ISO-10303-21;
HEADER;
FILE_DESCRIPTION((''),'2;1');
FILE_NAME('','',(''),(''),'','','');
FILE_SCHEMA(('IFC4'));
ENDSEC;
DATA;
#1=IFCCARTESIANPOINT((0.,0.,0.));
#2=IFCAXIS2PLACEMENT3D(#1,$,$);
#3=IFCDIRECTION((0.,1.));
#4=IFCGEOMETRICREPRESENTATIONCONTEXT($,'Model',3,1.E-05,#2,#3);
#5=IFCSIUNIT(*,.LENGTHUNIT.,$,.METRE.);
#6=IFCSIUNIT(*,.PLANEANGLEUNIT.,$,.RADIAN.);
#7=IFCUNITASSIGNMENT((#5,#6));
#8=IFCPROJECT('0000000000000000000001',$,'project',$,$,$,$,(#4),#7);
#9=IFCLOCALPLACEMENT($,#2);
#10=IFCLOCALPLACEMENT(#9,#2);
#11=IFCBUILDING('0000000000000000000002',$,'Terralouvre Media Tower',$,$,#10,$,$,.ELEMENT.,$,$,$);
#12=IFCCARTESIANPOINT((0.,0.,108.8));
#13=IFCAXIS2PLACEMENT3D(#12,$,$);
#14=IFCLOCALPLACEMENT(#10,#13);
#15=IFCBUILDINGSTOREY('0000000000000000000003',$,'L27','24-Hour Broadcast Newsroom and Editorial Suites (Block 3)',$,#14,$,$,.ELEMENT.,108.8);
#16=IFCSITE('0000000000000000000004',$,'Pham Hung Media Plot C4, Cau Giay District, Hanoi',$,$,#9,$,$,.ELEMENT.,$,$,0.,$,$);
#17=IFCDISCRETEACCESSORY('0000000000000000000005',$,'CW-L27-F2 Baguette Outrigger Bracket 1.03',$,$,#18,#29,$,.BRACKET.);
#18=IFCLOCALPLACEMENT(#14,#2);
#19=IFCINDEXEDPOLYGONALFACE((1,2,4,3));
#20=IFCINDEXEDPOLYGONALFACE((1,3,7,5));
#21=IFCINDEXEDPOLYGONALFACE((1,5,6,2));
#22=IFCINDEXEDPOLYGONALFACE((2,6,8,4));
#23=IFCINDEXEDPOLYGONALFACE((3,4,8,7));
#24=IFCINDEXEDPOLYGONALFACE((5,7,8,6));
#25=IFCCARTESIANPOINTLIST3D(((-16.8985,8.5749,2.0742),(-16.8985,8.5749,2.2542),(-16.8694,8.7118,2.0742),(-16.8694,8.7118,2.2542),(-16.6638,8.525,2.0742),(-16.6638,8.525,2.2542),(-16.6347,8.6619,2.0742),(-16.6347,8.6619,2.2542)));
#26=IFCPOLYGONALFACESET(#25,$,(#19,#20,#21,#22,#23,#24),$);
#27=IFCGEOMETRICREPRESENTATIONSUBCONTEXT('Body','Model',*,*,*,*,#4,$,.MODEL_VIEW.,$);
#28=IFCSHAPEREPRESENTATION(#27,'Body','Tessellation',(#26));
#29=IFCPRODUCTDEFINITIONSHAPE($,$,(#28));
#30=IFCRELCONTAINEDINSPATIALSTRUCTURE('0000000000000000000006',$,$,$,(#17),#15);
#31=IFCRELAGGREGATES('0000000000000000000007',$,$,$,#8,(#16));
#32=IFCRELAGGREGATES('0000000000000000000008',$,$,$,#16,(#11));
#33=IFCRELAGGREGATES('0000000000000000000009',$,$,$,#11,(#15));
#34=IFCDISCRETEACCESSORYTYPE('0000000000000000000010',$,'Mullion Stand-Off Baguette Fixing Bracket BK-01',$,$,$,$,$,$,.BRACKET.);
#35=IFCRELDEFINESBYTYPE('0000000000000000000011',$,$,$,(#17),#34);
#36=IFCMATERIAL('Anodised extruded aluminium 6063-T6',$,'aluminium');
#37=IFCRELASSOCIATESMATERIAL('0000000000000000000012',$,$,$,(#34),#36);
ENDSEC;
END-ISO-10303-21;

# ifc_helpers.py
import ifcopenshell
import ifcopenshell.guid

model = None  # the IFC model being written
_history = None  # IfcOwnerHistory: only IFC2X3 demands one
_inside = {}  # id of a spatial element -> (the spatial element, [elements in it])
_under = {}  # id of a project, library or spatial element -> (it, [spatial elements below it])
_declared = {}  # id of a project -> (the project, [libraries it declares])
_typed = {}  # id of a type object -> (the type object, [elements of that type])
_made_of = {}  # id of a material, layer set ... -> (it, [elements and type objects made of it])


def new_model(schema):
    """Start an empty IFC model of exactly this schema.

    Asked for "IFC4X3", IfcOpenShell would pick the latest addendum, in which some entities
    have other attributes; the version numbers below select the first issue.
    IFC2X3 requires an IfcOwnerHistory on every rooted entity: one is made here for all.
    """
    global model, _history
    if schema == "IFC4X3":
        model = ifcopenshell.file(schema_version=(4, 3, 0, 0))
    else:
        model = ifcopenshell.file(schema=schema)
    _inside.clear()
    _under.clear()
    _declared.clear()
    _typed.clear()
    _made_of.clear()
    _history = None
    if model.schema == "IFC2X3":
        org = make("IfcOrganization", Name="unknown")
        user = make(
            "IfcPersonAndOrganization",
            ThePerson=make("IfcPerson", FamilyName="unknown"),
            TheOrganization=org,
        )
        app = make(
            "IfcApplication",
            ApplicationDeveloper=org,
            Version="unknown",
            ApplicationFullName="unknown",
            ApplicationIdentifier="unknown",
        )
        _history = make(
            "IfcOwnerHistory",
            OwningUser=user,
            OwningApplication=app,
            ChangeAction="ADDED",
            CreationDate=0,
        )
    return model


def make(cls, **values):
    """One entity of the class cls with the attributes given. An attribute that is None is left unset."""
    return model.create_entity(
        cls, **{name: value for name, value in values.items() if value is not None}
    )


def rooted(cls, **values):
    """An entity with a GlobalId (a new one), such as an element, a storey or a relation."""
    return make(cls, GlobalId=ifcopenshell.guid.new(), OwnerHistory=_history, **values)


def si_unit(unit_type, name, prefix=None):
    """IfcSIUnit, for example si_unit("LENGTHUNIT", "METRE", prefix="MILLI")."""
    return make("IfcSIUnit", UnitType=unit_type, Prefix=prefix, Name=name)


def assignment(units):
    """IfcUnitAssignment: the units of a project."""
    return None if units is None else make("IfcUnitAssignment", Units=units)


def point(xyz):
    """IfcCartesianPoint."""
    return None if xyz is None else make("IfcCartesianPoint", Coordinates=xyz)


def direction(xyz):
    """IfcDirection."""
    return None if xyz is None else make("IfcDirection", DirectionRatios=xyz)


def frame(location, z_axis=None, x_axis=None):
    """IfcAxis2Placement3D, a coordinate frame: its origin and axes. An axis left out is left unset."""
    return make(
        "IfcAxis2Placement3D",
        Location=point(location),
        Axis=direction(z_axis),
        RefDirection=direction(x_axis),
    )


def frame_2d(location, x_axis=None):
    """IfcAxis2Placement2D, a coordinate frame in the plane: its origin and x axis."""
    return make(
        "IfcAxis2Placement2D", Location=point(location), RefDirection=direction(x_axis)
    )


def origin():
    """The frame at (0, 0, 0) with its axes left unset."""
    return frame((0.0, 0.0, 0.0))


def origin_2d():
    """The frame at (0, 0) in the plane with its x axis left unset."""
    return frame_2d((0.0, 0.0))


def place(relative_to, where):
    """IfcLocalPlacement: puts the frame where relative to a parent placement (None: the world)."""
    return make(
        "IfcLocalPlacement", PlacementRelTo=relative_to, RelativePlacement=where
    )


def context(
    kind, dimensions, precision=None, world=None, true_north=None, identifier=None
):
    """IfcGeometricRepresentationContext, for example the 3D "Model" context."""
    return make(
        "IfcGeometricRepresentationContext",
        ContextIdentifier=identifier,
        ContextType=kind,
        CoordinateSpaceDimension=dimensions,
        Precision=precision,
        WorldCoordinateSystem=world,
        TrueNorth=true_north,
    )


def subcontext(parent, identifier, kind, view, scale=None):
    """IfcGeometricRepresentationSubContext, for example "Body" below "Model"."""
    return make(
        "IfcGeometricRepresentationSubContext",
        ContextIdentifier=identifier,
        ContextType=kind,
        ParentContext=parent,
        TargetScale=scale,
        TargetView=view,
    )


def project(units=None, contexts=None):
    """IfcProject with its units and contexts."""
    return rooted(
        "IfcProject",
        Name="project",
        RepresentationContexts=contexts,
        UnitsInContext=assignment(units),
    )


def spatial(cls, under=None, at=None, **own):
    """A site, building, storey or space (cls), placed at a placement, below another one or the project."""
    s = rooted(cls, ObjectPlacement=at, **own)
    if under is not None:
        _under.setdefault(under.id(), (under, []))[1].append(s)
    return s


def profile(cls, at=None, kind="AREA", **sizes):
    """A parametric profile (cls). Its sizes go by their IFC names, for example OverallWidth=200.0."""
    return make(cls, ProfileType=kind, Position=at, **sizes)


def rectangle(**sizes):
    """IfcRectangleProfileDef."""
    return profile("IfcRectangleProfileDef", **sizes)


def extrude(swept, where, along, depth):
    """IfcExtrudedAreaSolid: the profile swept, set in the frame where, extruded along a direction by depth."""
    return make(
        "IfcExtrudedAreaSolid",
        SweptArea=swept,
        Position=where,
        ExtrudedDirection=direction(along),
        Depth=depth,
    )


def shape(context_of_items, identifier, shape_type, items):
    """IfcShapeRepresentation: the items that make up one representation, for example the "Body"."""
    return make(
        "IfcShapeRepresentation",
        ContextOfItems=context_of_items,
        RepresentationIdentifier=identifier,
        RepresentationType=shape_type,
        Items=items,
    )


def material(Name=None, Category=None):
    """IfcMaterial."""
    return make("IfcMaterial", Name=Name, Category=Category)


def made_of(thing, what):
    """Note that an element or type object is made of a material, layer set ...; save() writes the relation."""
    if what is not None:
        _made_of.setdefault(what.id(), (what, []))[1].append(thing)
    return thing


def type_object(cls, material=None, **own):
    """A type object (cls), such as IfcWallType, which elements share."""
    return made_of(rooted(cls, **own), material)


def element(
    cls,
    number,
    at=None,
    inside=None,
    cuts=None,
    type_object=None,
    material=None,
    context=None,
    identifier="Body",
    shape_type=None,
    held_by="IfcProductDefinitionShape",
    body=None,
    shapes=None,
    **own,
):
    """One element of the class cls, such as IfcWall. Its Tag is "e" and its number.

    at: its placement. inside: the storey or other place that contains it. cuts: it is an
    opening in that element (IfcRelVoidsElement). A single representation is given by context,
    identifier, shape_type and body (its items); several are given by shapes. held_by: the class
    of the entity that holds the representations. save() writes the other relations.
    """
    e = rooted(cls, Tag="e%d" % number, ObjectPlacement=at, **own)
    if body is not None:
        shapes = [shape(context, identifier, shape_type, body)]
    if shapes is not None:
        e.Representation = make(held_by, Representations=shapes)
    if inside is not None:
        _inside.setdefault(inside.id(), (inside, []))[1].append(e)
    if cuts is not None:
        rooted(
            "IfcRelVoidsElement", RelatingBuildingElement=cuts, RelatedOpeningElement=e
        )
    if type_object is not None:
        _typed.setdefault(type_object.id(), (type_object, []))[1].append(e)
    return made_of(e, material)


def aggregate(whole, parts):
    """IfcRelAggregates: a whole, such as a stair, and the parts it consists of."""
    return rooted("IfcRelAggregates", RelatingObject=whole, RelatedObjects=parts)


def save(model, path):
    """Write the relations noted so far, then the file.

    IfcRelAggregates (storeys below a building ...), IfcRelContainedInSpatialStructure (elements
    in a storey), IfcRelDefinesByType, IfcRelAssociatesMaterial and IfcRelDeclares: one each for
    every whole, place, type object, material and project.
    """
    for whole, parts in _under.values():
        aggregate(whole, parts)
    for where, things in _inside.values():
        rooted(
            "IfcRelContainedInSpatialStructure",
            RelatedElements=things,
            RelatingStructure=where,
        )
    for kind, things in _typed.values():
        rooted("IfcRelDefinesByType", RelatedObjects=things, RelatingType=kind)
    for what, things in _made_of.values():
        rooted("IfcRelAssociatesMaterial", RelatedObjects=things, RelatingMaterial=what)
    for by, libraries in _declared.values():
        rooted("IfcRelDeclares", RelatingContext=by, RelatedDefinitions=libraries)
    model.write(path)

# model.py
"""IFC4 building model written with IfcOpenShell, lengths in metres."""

from ifc_helpers import new_model, si_unit, direction, frame, origin, origin_2d, place, context, subcontext, project, spatial, rectangle, extrude, material, type_object, element, save


model = new_model("IFC4")

# Units and contexts
model_context = context("Model", 3, precision=1e-05, world=origin(), true_north=direction((0.0, 1.0)))
body_context = subcontext(model_context, "Body", "Model", "MODEL_VIEW")
ifc_project = project(units=[si_unit("LENGTHUNIT", "METRE"), si_unit("PLANEANGLEUNIT", "RADIAN")], contexts=[model_context])

# Site, building, storey
site_placement = place(None, origin())
site = spatial("IfcSite", under=ifc_project, at=site_placement, Name="Pham Hung Media Plot C4, Cau Giay District, Hanoi", CompositionType="ELEMENT", RefElevation=0.0)
building_placement = place(site_placement, origin())
building = spatial("IfcBuilding", under=site, at=building_placement, Name="Terralouvre Media Tower", CompositionType="ELEMENT")
storey_placement = place(building_placement, frame((0.0, 0.0, 108.8)))
storey = spatial("IfcBuildingStorey", under=building, at=storey_placement, Name="L27", Description="24-Hour Broadcast Newsroom and Editorial Suites (Block 3)", CompositionType="ELEMENT", Elevation=108.8)

# Discrete accessory
ifc_material_1 = material(Name="Anodised extruded aluminium 6063-T6", Category="aluminium")
discrete_accessory_type = type_object("IfcDiscreteAccessoryType", Name="Mullion Stand-Off Baguette Fixing Bracket BK-01", PredefinedType="BRACKET", material=ifc_material_1)
discrete_accessory_placement = place(storey_placement, frame((-16.7666, 8.6184, 2.0742), z_axis=(0.0, 0.0, 1.0), x_axis=(-0.207912, -0.978148, 0.0)))
element("IfcDiscreteAccessory", 1, at=discrete_accessory_placement, inside=storey, type_object=discrete_accessory_type, Name="CW-L27-F2 Baguette Outrigger Bracket 1.03", PredefinedType="BRACKET", context=body_context, shape_type="SweptSolid", body=[
    extrude(rectangle(XDim=0.1399, YDim=0.24, at=origin_2d()), origin(), (0.0, 0.0, 1.0), 0.1799),
])

save(model, "model.ifc")
